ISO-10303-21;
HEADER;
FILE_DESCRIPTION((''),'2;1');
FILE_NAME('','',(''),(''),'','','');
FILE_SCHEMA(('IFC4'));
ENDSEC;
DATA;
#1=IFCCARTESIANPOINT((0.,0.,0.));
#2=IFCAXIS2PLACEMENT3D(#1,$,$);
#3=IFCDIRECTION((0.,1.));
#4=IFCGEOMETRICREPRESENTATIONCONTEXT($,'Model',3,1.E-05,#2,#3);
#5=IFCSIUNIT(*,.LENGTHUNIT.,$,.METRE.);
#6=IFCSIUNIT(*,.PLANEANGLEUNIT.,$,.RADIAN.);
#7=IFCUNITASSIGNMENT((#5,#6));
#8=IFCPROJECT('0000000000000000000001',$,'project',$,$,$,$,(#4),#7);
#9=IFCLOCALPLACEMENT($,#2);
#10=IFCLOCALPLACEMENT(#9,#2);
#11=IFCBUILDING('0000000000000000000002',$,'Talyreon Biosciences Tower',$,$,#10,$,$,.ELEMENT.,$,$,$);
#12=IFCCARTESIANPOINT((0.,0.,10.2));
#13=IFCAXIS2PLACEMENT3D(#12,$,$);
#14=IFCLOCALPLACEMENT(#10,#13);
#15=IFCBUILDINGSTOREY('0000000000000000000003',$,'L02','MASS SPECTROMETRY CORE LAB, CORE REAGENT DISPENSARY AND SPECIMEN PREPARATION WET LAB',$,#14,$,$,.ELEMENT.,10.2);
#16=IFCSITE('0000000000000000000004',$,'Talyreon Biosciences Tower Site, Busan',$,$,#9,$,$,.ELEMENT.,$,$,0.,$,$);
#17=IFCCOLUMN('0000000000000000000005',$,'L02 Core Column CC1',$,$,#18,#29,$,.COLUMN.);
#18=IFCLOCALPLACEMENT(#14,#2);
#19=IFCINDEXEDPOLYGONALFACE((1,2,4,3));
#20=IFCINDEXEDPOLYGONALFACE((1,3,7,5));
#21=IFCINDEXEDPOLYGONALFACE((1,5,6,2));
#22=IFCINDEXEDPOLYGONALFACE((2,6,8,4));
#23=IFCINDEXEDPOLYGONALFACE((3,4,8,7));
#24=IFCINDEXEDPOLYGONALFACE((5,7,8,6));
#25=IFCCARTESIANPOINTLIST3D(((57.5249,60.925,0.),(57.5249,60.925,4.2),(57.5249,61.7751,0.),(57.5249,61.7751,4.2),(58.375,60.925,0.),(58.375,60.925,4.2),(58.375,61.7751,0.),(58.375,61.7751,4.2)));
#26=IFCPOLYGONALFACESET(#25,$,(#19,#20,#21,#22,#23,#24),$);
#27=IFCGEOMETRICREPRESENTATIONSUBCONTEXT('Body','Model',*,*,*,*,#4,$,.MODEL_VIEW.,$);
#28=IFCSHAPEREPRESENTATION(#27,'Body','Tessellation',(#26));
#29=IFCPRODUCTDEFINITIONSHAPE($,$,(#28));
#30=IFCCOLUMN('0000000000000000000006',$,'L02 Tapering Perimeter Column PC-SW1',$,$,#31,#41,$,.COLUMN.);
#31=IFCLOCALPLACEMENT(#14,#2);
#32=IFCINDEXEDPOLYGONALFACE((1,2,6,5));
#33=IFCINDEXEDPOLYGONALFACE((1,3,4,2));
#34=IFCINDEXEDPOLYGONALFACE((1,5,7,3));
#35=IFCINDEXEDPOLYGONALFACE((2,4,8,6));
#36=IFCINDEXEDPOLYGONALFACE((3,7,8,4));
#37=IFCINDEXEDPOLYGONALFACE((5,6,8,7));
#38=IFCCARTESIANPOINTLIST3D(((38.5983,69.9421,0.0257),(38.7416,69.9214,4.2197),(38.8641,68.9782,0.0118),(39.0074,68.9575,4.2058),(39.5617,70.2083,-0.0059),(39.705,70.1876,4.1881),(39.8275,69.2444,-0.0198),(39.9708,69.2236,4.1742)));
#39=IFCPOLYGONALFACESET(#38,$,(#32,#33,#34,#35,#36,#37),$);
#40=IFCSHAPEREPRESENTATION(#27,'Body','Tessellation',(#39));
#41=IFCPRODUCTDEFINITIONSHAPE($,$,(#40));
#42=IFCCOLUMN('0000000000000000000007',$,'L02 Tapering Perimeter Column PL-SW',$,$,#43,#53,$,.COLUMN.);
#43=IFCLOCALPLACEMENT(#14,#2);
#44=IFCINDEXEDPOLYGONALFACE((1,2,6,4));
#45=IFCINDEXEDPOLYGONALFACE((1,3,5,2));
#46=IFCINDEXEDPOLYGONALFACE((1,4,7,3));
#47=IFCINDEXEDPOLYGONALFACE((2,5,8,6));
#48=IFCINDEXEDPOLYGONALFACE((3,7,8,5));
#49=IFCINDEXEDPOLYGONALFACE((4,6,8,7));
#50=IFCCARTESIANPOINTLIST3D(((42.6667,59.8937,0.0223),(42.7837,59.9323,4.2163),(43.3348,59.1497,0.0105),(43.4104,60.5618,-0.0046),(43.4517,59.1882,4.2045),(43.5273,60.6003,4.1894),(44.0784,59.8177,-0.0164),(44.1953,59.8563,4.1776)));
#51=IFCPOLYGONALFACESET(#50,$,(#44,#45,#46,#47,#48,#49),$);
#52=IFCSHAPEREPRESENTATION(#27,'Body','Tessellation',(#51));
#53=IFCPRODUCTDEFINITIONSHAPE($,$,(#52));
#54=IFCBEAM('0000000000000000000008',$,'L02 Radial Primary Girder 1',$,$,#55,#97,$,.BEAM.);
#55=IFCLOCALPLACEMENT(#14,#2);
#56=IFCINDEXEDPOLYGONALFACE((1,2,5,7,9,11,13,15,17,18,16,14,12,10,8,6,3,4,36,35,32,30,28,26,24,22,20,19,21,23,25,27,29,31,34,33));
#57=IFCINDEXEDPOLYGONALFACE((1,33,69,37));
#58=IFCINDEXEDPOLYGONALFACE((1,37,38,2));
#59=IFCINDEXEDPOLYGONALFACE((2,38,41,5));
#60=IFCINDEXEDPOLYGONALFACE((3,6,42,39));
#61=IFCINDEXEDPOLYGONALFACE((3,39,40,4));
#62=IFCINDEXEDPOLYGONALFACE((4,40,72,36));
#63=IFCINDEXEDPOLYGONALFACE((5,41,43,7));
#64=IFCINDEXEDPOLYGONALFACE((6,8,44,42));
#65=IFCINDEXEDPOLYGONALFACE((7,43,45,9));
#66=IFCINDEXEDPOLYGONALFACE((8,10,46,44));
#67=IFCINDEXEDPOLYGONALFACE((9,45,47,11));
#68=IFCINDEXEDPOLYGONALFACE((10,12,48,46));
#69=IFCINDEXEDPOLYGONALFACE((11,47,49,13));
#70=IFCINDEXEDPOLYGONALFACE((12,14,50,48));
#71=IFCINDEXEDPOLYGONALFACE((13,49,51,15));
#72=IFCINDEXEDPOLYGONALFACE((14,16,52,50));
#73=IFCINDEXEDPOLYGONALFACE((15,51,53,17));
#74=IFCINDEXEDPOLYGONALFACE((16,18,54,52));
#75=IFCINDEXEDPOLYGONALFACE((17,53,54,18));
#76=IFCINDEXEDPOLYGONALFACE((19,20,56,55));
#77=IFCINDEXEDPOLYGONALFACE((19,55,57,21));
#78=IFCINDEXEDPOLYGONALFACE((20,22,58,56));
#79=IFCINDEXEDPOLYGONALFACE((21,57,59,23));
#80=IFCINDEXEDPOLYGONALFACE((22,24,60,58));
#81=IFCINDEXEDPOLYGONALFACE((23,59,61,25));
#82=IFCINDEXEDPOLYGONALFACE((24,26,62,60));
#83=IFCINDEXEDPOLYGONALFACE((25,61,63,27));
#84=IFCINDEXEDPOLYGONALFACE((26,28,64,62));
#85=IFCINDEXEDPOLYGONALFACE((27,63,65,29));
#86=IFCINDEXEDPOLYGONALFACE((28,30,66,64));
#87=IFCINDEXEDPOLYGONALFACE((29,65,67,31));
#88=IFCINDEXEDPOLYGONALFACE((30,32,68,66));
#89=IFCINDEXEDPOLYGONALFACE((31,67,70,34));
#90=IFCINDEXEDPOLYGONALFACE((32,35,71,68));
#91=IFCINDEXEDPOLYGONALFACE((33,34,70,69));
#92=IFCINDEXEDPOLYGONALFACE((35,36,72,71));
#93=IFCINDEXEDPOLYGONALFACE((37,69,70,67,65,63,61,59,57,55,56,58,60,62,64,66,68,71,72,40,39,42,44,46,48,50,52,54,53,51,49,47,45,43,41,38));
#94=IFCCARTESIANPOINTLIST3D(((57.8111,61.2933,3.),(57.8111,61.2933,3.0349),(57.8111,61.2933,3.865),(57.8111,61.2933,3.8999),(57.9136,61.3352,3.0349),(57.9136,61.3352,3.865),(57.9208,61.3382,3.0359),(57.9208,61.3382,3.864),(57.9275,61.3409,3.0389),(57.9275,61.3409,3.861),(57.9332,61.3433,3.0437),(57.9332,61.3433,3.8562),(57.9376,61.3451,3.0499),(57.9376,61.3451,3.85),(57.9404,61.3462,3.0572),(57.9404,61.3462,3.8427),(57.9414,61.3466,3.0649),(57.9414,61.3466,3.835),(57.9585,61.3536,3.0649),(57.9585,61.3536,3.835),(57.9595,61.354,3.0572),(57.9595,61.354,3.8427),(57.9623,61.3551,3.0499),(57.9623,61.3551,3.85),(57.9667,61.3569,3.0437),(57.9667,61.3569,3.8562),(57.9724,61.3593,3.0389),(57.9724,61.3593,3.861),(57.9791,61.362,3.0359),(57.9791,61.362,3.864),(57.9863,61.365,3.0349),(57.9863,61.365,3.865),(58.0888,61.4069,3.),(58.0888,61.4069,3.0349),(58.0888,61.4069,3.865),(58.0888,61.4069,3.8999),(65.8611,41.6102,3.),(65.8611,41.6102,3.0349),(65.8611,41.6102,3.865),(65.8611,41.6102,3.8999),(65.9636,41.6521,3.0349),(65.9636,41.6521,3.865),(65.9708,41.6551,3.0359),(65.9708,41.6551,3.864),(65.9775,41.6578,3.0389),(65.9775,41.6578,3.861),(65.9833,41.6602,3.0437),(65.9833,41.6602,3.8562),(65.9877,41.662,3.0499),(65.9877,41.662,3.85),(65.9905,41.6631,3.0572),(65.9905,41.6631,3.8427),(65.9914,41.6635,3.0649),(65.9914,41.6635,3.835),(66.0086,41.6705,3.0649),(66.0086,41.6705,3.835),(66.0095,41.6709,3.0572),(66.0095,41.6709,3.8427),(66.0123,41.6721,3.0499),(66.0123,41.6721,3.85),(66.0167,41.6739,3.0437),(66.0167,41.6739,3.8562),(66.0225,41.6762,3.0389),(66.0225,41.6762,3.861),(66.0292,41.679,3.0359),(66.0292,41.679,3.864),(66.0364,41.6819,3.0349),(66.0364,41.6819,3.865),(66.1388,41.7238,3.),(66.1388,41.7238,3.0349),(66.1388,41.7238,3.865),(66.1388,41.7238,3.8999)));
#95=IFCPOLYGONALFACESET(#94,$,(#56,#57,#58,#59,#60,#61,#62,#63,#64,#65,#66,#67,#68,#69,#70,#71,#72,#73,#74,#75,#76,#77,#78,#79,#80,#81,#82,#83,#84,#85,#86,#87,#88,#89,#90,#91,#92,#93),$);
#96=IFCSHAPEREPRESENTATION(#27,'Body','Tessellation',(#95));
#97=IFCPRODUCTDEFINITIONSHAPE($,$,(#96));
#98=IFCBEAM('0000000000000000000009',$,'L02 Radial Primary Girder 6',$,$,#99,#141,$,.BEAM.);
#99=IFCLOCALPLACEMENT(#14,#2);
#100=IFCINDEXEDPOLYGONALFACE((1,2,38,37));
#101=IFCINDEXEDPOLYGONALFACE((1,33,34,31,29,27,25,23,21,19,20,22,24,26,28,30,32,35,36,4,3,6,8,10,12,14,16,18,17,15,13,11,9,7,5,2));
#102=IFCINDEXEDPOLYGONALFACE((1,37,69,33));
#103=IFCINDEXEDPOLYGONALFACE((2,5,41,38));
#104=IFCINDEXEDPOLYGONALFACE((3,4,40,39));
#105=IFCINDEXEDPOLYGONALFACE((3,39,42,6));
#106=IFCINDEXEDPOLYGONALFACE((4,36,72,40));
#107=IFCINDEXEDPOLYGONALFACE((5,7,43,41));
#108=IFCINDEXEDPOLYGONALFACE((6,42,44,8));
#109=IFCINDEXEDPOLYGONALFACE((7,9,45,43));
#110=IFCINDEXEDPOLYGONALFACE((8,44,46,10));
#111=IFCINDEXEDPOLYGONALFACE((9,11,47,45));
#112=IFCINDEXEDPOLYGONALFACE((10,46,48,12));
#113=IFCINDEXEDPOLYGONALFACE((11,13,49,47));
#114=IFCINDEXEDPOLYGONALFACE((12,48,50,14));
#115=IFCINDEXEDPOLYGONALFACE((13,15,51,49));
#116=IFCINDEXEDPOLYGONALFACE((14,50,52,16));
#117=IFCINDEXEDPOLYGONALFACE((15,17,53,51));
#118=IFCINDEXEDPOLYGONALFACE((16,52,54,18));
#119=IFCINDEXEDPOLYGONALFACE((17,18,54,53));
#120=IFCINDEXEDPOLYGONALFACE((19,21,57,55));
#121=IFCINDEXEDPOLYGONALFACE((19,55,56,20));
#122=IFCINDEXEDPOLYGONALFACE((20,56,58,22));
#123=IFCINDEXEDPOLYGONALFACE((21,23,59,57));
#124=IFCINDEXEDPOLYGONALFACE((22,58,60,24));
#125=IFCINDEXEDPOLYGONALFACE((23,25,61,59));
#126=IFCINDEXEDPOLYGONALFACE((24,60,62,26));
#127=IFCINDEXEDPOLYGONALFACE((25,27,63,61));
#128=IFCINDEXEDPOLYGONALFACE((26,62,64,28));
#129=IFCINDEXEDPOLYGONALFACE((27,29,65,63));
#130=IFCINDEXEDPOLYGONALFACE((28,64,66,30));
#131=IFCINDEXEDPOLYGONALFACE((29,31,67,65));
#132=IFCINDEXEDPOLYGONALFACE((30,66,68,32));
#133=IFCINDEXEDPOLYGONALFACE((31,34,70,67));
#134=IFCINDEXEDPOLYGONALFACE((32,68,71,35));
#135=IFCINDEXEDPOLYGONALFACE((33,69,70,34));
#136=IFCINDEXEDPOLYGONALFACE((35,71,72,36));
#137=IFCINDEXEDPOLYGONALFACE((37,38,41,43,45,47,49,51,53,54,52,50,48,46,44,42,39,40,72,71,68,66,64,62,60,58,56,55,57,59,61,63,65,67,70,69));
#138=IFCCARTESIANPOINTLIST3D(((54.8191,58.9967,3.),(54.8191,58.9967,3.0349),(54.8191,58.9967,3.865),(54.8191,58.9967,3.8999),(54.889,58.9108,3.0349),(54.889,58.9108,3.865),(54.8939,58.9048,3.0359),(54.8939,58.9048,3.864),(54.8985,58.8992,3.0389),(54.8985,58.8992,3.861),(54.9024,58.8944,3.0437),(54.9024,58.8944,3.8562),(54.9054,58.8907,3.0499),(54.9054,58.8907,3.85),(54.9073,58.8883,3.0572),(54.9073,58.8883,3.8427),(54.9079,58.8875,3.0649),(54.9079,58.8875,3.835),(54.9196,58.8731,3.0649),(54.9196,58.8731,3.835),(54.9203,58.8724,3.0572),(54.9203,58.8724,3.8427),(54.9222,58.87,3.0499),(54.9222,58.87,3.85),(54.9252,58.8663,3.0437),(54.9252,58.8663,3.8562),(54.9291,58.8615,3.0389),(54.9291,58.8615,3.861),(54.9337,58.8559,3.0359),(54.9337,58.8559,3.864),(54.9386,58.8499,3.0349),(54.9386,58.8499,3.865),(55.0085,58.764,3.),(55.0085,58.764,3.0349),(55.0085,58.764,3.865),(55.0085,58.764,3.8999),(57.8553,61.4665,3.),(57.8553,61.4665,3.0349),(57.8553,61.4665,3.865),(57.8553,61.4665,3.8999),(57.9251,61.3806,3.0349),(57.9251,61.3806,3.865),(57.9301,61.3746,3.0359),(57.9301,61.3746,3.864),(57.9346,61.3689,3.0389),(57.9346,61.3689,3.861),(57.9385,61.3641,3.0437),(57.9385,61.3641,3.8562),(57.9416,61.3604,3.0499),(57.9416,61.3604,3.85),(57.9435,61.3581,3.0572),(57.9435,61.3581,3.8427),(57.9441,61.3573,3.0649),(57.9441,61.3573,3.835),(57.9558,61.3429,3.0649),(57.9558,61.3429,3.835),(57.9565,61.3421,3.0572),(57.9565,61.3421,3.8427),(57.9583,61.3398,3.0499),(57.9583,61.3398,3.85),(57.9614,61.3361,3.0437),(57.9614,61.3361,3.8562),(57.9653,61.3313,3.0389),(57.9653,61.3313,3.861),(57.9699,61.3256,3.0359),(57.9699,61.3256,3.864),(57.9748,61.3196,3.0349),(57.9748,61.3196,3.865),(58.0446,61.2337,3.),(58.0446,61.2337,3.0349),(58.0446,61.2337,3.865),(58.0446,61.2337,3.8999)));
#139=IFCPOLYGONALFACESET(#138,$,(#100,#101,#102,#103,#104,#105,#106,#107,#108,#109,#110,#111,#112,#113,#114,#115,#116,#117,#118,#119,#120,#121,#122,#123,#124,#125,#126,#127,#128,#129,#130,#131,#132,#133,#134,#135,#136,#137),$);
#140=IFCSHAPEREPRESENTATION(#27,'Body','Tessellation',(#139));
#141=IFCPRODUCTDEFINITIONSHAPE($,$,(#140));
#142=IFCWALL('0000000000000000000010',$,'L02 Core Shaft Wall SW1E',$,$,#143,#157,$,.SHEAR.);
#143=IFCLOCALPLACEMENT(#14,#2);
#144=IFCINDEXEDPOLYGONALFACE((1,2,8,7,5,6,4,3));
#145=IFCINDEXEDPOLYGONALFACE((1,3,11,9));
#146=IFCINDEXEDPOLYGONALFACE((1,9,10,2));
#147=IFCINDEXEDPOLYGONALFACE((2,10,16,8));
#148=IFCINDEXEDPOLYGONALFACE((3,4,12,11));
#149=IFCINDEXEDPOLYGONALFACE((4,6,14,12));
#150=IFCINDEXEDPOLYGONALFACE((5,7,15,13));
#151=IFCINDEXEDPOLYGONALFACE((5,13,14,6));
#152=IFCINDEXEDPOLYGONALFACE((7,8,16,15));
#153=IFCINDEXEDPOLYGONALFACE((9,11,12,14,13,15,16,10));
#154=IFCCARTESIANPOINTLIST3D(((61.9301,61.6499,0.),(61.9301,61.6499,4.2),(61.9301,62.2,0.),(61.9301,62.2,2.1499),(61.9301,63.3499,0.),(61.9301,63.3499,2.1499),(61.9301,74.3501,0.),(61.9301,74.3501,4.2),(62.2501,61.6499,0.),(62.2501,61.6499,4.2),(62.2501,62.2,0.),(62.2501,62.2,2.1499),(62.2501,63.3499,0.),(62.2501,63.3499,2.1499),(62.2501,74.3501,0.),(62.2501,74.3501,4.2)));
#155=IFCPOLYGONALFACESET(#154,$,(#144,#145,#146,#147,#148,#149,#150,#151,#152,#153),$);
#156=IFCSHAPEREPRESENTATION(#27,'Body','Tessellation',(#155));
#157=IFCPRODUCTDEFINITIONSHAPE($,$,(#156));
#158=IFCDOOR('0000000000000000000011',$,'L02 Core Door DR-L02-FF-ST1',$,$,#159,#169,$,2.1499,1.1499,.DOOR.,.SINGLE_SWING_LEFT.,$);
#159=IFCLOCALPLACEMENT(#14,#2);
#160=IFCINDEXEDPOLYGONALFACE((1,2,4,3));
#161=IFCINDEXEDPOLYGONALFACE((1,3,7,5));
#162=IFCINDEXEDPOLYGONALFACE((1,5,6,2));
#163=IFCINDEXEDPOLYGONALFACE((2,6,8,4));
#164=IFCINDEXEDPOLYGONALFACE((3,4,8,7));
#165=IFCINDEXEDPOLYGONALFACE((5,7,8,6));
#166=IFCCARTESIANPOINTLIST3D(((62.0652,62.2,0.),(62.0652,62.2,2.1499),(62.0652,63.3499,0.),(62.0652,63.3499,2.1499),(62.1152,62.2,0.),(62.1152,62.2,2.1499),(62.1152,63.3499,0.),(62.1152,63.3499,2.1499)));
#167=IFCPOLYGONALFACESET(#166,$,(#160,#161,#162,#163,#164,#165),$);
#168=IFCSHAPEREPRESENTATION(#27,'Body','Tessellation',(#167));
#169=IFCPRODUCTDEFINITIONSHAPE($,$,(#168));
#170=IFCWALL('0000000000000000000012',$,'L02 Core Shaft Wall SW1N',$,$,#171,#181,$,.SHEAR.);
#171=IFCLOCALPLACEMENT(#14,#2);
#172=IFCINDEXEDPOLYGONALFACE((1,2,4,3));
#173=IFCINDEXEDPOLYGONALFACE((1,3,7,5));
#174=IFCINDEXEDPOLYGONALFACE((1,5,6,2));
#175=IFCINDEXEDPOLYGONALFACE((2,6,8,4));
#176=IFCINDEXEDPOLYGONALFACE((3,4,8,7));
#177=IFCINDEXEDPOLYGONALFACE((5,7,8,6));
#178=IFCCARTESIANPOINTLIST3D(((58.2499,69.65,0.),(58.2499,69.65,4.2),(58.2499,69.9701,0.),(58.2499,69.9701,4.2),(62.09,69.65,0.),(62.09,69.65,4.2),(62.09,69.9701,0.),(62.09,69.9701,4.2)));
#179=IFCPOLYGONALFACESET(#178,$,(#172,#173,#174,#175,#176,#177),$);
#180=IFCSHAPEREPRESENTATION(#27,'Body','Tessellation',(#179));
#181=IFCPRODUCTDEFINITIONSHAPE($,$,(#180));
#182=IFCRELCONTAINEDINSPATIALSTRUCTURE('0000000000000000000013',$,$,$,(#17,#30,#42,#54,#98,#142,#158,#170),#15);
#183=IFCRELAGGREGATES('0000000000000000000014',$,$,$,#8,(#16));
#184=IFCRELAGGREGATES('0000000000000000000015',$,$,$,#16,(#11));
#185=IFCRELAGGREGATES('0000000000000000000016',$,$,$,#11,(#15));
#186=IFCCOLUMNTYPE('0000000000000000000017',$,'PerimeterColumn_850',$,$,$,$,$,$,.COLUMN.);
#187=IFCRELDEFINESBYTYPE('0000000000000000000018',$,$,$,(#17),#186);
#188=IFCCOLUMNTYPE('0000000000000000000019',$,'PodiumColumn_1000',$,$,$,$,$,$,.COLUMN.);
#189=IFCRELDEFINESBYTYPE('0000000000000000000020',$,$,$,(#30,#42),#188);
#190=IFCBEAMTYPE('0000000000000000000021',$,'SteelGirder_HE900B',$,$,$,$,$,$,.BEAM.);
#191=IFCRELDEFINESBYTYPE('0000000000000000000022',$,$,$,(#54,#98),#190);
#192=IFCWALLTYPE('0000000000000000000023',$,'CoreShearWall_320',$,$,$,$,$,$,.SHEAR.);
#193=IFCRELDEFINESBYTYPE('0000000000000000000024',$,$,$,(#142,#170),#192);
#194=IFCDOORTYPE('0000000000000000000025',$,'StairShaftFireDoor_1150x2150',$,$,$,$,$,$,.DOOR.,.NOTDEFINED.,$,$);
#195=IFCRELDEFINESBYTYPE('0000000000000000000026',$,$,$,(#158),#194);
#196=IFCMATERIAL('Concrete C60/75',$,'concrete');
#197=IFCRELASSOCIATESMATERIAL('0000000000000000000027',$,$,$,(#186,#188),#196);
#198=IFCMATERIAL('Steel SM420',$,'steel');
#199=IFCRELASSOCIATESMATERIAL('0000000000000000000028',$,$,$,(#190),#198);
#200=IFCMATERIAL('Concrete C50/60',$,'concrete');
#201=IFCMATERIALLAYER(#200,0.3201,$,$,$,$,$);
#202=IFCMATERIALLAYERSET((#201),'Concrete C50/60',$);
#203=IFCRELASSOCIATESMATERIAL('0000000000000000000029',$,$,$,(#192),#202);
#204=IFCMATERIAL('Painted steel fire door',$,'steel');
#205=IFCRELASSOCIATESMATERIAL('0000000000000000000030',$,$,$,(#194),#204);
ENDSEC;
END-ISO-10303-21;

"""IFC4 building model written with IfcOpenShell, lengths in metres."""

from ifc_helpers import new_model, si_unit, direction, frame, frame_2d, origin, origin_2d, place, context, subcontext, project, spatial, rectangle, i_section, extrude, material, layer, layer_set, material_profile, profile_set, type_object, element, fill, save


model = new_model("IFC4")

# Units and contexts
model_context = context("Model", 3, precision=1e-05, world=origin(), true_north=direction((0.0, 1.0)))
body_context = subcontext(model_context, "Body", "Model", "MODEL_VIEW")
ifc_project = project(units=[si_unit("LENGTHUNIT", "METRE"), si_unit("PLANEANGLEUNIT", "RADIAN")], contexts=[model_context])

# Site, building, storey
site_placement = place(None, origin())
site = spatial("IfcSite", under=ifc_project, at=site_placement, Name="Talyreon Biosciences Tower Site, Busan", CompositionType="ELEMENT", RefElevation=0.0)
building_placement = place(site_placement, origin())
building = spatial("IfcBuilding", under=site, at=building_placement, Name="Talyreon Biosciences Tower", CompositionType="ELEMENT")
storey_placement = place(building_placement, frame((0.0, 0.0, 10.2)))
storey = spatial("IfcBuildingStorey", under=building, at=storey_placement, Name="L02", Description="MASS SPECTROMETRY CORE LAB, CORE REAGENT DISPENSARY AND SPECIMEN PREPARATION WET LAB", CompositionType="ELEMENT", Elevation=10.2)

# Columns
ifc_material_1 = material(Name="Concrete C60/75", Category="concrete")
ifc_material_profile_1 = material_profile(ifc_material_1, rectangle(XDim=0.8501, YDim=0.8501, at=origin_2d()), Name="RC 850x850")
ifc_profile_set_1 = profile_set([ifc_material_profile_1], Name="Concrete C60/75")
column_type_1 = type_object("IfcColumnType", Name="PerimeterColumn_850", PredefinedType="COLUMN", material=ifc_profile_set_1)
column_1_placement = place(storey_placement, frame((57.95, 61.3501, 0.0), z_axis=(0.0, 0.0, 1.0), x_axis=(1.0, 0.0, 0.0)))
element("IfcColumn", 1, at=column_1_placement, inside=storey, type_object=column_type_1, Name="L02 Core Column CC1", PredefinedType="COLUMN", context=body_context, shape_type="SweptSolid", body=[
    extrude(rectangle(XDim=0.8501, YDim=0.8501, at=origin_2d()), origin(), (0.0, 0.0, 1.0), 4.2),
])
ifc_material_profile_2 = material_profile(ifc_material_1, rectangle(XDim=1.0, YDim=1.0, at=origin_2d()), Name="RC 1000x1000")
ifc_profile_set_2 = profile_set([ifc_material_profile_2], Name="Concrete C60/75")
column_type_2 = type_object("IfcColumnType", Name="PodiumColumn_1000", PredefinedType="COLUMN", material=ifc_profile_set_2)
column_2_placement = place(storey_placement, frame((39.2129, 69.5933, 0.0029), z_axis=(0.034149, -0.004945, 0.999405), x_axis=(0.963404, 0.266183, -0.031602)))
element("IfcColumn", 2, at=column_2_placement, inside=storey, type_object=column_type_2, Name="L02 Tapering Perimeter Column PC-SW1", PredefinedType="COLUMN", context=body_context, shape_type="SweptSolid", body=[
    extrude(rectangle(XDim=1.0, YDim=1.0, at=origin_2d()), origin(), (0.0, 0.0, 1.0), 4.1965),
])
column_3_placement = place(storey_placement, frame((43.3726, 59.8557, 0.0029), z_axis=(0.027871, 0.009193, 0.999569), x_axis=(0.743618, 0.668064, -0.026879)))
element("IfcColumn", 3, at=column_3_placement, inside=storey, type_object=column_type_2, Name="L02 Tapering Perimeter Column PL-SW", PredefinedType="COLUMN", context=body_context, shape_type="SweptSolid", body=[
    extrude(rectangle(XDim=1.0, YDim=1.0, at=origin_2d()), origin(), (0.0, 0.0, 1.0), 4.1958),
])

# Beams
ifc_material_2 = material(Name="Steel SM420", Category="steel")
ifc_material_profile_3 = material_profile(ifc_material_2, i_section(OverallWidth=0.3, OverallDepth=0.8999, WebThickness=0.0186, FlangeThickness=0.0349, FilletRadius=0.03, at=origin_2d()), Name="HE900B")
ifc_profile_set_3 = profile_set([ifc_material_profile_3], Name="Steel SM420")
beam_type = type_object("IfcBeamType", Name="SteelGirder_HE900B", PredefinedType="BEAM", material=ifc_profile_set_3)
beam_1_placement = place(storey_placement, frame((57.95, 61.3501, 3.45), z_axis=(0.378547, -0.925582, 0.0), x_axis=(0.925582, 0.378547, 0.0)))
element("IfcBeam", 4, at=beam_1_placement, inside=storey, type_object=beam_type, Name="L02 Radial Primary Girder 1", PredefinedType="BEAM", context=body_context, shape_type="SweptSolid", body=[
    extrude(i_section(OverallWidth=0.3, OverallDepth=0.8999, WebThickness=0.0186, FlangeThickness=0.0349, FilletRadius=0.03, at=origin_2d()), origin(), (0.0, 0.0, 1.0), 21.2656),
])
beam_2_placement = place(storey_placement, frame((57.95, 61.3501, 3.45), z_axis=(-0.775755, -0.631034, 0.0), x_axis=(0.631034, -0.775755, 0.0)))
element("IfcBeam", 5, at=beam_2_placement, inside=storey, type_object=beam_type, Name="L02 Radial Primary Girder 6", PredefinedType="BEAM", context=body_context, shape_type="SweptSolid", body=[
    extrude(i_section(OverallWidth=0.3, OverallDepth=0.8999, WebThickness=0.0186, FlangeThickness=0.0349, FilletRadius=0.03, at=origin_2d()), origin(), (0.0, 0.0, 1.0), 3.9138),
])

# Wall, opening, door
ifc_material_3 = material(Name="Concrete C50/60", Category="concrete")
ifc_layer_1 = layer(ifc_material_3, 0.3201)
ifc_layer_set_1 = layer_set([ifc_layer_1], Name="Concrete C50/60")
wall_type_1 = type_object("IfcWallType", Name="CoreShearWall_320", PredefinedType="SHEAR", material=ifc_layer_set_1)
wall_1_placement = place(storey_placement, frame((62.0901, 61.6499, 0.0), z_axis=(0.0, 0.0, 1.0), x_axis=(0.0, 1.0, 0.0)))
wall_1 = element("IfcWall", 6, at=wall_1_placement, inside=storey, type_object=wall_type_1, Name="L02 Core Shaft Wall SW1E", PredefinedType="SHEAR", context=body_context, shape_type="SweptSolid", body=[
    extrude(rectangle(XDim=12.7002, YDim=0.3201, at=frame_2d((6.3501, 0.0))), origin(), (0.0, 0.0, 1.0), 4.2),
])
opening_1_placement = place(wall_1_placement, frame((0.55, 0.0, 0.0)))
opening_1 = element("IfcOpeningElement", 7, at=opening_1_placement, cuts=wall_1, PredefinedType="OPENING", context=body_context, shape_type="SweptSolid", body=[
    extrude(rectangle(XDim=1.1499, YDim=2.1499, at=frame_2d((0.575, 1.075))), frame((0.0, 0.1699, 0.0), z_axis=(0.0, -1.0, 0.0), x_axis=(1.0, 0.0, 0.0)), (0.0, 0.0, 1.0), 0.3401),
])
ifc_material_4 = material(Name="Painted steel fire door", Category="steel")
door_type_1 = type_object("IfcDoorType", Name="StairShaftFireDoor_1150x2150", OperationType="NOTDEFINED", PredefinedType="DOOR", material=ifc_material_4)
door_1_placement = place(opening_1_placement, origin())
door_1 = element("IfcDoor", 8, at=door_1_placement, inside=storey, type_object=door_type_1, Name="L02 Core Door DR-L02-FF-ST1", OperationType="SINGLE_SWING_LEFT", OverallHeight=2.1499, OverallWidth=1.1499, PredefinedType="DOOR", context=body_context, shape_type="SweptSolid", body=[
    extrude(rectangle(XDim=1.1499, YDim=2.1499, at=frame_2d((0.575, 1.075))), frame((0.0, 0.0249, 0.0), z_axis=(0.0, -1.0, 0.0), x_axis=(1.0, 0.0, 0.0)), (0.0, 0.0, 1.0), 0.05),
])
fill(opening_1, door_1)

# Wall
for number, where, z_axis, x_axis, name in (
    (9, (58.25, 69.8101, 0.0), (0.0, 0.0, 1.0), (1.0, 0.0, 0.0), "L02 Core Shaft Wall SW1N"),
):
    element("IfcWall", number, at=place(storey_placement, frame(where, z_axis=z_axis, x_axis=x_axis)), inside=storey, type_object=wall_type_1, Name=name, PredefinedType="SHEAR", context=body_context, shape_type="SweptSolid", body=[
        extrude(rectangle(XDim=3.8401, YDim=0.3201, at=frame_2d((1.9199, 0.0))), origin(), (0.0, 0.0, 1.0), 4.2),
    ])

save(model, "model.ifc")
